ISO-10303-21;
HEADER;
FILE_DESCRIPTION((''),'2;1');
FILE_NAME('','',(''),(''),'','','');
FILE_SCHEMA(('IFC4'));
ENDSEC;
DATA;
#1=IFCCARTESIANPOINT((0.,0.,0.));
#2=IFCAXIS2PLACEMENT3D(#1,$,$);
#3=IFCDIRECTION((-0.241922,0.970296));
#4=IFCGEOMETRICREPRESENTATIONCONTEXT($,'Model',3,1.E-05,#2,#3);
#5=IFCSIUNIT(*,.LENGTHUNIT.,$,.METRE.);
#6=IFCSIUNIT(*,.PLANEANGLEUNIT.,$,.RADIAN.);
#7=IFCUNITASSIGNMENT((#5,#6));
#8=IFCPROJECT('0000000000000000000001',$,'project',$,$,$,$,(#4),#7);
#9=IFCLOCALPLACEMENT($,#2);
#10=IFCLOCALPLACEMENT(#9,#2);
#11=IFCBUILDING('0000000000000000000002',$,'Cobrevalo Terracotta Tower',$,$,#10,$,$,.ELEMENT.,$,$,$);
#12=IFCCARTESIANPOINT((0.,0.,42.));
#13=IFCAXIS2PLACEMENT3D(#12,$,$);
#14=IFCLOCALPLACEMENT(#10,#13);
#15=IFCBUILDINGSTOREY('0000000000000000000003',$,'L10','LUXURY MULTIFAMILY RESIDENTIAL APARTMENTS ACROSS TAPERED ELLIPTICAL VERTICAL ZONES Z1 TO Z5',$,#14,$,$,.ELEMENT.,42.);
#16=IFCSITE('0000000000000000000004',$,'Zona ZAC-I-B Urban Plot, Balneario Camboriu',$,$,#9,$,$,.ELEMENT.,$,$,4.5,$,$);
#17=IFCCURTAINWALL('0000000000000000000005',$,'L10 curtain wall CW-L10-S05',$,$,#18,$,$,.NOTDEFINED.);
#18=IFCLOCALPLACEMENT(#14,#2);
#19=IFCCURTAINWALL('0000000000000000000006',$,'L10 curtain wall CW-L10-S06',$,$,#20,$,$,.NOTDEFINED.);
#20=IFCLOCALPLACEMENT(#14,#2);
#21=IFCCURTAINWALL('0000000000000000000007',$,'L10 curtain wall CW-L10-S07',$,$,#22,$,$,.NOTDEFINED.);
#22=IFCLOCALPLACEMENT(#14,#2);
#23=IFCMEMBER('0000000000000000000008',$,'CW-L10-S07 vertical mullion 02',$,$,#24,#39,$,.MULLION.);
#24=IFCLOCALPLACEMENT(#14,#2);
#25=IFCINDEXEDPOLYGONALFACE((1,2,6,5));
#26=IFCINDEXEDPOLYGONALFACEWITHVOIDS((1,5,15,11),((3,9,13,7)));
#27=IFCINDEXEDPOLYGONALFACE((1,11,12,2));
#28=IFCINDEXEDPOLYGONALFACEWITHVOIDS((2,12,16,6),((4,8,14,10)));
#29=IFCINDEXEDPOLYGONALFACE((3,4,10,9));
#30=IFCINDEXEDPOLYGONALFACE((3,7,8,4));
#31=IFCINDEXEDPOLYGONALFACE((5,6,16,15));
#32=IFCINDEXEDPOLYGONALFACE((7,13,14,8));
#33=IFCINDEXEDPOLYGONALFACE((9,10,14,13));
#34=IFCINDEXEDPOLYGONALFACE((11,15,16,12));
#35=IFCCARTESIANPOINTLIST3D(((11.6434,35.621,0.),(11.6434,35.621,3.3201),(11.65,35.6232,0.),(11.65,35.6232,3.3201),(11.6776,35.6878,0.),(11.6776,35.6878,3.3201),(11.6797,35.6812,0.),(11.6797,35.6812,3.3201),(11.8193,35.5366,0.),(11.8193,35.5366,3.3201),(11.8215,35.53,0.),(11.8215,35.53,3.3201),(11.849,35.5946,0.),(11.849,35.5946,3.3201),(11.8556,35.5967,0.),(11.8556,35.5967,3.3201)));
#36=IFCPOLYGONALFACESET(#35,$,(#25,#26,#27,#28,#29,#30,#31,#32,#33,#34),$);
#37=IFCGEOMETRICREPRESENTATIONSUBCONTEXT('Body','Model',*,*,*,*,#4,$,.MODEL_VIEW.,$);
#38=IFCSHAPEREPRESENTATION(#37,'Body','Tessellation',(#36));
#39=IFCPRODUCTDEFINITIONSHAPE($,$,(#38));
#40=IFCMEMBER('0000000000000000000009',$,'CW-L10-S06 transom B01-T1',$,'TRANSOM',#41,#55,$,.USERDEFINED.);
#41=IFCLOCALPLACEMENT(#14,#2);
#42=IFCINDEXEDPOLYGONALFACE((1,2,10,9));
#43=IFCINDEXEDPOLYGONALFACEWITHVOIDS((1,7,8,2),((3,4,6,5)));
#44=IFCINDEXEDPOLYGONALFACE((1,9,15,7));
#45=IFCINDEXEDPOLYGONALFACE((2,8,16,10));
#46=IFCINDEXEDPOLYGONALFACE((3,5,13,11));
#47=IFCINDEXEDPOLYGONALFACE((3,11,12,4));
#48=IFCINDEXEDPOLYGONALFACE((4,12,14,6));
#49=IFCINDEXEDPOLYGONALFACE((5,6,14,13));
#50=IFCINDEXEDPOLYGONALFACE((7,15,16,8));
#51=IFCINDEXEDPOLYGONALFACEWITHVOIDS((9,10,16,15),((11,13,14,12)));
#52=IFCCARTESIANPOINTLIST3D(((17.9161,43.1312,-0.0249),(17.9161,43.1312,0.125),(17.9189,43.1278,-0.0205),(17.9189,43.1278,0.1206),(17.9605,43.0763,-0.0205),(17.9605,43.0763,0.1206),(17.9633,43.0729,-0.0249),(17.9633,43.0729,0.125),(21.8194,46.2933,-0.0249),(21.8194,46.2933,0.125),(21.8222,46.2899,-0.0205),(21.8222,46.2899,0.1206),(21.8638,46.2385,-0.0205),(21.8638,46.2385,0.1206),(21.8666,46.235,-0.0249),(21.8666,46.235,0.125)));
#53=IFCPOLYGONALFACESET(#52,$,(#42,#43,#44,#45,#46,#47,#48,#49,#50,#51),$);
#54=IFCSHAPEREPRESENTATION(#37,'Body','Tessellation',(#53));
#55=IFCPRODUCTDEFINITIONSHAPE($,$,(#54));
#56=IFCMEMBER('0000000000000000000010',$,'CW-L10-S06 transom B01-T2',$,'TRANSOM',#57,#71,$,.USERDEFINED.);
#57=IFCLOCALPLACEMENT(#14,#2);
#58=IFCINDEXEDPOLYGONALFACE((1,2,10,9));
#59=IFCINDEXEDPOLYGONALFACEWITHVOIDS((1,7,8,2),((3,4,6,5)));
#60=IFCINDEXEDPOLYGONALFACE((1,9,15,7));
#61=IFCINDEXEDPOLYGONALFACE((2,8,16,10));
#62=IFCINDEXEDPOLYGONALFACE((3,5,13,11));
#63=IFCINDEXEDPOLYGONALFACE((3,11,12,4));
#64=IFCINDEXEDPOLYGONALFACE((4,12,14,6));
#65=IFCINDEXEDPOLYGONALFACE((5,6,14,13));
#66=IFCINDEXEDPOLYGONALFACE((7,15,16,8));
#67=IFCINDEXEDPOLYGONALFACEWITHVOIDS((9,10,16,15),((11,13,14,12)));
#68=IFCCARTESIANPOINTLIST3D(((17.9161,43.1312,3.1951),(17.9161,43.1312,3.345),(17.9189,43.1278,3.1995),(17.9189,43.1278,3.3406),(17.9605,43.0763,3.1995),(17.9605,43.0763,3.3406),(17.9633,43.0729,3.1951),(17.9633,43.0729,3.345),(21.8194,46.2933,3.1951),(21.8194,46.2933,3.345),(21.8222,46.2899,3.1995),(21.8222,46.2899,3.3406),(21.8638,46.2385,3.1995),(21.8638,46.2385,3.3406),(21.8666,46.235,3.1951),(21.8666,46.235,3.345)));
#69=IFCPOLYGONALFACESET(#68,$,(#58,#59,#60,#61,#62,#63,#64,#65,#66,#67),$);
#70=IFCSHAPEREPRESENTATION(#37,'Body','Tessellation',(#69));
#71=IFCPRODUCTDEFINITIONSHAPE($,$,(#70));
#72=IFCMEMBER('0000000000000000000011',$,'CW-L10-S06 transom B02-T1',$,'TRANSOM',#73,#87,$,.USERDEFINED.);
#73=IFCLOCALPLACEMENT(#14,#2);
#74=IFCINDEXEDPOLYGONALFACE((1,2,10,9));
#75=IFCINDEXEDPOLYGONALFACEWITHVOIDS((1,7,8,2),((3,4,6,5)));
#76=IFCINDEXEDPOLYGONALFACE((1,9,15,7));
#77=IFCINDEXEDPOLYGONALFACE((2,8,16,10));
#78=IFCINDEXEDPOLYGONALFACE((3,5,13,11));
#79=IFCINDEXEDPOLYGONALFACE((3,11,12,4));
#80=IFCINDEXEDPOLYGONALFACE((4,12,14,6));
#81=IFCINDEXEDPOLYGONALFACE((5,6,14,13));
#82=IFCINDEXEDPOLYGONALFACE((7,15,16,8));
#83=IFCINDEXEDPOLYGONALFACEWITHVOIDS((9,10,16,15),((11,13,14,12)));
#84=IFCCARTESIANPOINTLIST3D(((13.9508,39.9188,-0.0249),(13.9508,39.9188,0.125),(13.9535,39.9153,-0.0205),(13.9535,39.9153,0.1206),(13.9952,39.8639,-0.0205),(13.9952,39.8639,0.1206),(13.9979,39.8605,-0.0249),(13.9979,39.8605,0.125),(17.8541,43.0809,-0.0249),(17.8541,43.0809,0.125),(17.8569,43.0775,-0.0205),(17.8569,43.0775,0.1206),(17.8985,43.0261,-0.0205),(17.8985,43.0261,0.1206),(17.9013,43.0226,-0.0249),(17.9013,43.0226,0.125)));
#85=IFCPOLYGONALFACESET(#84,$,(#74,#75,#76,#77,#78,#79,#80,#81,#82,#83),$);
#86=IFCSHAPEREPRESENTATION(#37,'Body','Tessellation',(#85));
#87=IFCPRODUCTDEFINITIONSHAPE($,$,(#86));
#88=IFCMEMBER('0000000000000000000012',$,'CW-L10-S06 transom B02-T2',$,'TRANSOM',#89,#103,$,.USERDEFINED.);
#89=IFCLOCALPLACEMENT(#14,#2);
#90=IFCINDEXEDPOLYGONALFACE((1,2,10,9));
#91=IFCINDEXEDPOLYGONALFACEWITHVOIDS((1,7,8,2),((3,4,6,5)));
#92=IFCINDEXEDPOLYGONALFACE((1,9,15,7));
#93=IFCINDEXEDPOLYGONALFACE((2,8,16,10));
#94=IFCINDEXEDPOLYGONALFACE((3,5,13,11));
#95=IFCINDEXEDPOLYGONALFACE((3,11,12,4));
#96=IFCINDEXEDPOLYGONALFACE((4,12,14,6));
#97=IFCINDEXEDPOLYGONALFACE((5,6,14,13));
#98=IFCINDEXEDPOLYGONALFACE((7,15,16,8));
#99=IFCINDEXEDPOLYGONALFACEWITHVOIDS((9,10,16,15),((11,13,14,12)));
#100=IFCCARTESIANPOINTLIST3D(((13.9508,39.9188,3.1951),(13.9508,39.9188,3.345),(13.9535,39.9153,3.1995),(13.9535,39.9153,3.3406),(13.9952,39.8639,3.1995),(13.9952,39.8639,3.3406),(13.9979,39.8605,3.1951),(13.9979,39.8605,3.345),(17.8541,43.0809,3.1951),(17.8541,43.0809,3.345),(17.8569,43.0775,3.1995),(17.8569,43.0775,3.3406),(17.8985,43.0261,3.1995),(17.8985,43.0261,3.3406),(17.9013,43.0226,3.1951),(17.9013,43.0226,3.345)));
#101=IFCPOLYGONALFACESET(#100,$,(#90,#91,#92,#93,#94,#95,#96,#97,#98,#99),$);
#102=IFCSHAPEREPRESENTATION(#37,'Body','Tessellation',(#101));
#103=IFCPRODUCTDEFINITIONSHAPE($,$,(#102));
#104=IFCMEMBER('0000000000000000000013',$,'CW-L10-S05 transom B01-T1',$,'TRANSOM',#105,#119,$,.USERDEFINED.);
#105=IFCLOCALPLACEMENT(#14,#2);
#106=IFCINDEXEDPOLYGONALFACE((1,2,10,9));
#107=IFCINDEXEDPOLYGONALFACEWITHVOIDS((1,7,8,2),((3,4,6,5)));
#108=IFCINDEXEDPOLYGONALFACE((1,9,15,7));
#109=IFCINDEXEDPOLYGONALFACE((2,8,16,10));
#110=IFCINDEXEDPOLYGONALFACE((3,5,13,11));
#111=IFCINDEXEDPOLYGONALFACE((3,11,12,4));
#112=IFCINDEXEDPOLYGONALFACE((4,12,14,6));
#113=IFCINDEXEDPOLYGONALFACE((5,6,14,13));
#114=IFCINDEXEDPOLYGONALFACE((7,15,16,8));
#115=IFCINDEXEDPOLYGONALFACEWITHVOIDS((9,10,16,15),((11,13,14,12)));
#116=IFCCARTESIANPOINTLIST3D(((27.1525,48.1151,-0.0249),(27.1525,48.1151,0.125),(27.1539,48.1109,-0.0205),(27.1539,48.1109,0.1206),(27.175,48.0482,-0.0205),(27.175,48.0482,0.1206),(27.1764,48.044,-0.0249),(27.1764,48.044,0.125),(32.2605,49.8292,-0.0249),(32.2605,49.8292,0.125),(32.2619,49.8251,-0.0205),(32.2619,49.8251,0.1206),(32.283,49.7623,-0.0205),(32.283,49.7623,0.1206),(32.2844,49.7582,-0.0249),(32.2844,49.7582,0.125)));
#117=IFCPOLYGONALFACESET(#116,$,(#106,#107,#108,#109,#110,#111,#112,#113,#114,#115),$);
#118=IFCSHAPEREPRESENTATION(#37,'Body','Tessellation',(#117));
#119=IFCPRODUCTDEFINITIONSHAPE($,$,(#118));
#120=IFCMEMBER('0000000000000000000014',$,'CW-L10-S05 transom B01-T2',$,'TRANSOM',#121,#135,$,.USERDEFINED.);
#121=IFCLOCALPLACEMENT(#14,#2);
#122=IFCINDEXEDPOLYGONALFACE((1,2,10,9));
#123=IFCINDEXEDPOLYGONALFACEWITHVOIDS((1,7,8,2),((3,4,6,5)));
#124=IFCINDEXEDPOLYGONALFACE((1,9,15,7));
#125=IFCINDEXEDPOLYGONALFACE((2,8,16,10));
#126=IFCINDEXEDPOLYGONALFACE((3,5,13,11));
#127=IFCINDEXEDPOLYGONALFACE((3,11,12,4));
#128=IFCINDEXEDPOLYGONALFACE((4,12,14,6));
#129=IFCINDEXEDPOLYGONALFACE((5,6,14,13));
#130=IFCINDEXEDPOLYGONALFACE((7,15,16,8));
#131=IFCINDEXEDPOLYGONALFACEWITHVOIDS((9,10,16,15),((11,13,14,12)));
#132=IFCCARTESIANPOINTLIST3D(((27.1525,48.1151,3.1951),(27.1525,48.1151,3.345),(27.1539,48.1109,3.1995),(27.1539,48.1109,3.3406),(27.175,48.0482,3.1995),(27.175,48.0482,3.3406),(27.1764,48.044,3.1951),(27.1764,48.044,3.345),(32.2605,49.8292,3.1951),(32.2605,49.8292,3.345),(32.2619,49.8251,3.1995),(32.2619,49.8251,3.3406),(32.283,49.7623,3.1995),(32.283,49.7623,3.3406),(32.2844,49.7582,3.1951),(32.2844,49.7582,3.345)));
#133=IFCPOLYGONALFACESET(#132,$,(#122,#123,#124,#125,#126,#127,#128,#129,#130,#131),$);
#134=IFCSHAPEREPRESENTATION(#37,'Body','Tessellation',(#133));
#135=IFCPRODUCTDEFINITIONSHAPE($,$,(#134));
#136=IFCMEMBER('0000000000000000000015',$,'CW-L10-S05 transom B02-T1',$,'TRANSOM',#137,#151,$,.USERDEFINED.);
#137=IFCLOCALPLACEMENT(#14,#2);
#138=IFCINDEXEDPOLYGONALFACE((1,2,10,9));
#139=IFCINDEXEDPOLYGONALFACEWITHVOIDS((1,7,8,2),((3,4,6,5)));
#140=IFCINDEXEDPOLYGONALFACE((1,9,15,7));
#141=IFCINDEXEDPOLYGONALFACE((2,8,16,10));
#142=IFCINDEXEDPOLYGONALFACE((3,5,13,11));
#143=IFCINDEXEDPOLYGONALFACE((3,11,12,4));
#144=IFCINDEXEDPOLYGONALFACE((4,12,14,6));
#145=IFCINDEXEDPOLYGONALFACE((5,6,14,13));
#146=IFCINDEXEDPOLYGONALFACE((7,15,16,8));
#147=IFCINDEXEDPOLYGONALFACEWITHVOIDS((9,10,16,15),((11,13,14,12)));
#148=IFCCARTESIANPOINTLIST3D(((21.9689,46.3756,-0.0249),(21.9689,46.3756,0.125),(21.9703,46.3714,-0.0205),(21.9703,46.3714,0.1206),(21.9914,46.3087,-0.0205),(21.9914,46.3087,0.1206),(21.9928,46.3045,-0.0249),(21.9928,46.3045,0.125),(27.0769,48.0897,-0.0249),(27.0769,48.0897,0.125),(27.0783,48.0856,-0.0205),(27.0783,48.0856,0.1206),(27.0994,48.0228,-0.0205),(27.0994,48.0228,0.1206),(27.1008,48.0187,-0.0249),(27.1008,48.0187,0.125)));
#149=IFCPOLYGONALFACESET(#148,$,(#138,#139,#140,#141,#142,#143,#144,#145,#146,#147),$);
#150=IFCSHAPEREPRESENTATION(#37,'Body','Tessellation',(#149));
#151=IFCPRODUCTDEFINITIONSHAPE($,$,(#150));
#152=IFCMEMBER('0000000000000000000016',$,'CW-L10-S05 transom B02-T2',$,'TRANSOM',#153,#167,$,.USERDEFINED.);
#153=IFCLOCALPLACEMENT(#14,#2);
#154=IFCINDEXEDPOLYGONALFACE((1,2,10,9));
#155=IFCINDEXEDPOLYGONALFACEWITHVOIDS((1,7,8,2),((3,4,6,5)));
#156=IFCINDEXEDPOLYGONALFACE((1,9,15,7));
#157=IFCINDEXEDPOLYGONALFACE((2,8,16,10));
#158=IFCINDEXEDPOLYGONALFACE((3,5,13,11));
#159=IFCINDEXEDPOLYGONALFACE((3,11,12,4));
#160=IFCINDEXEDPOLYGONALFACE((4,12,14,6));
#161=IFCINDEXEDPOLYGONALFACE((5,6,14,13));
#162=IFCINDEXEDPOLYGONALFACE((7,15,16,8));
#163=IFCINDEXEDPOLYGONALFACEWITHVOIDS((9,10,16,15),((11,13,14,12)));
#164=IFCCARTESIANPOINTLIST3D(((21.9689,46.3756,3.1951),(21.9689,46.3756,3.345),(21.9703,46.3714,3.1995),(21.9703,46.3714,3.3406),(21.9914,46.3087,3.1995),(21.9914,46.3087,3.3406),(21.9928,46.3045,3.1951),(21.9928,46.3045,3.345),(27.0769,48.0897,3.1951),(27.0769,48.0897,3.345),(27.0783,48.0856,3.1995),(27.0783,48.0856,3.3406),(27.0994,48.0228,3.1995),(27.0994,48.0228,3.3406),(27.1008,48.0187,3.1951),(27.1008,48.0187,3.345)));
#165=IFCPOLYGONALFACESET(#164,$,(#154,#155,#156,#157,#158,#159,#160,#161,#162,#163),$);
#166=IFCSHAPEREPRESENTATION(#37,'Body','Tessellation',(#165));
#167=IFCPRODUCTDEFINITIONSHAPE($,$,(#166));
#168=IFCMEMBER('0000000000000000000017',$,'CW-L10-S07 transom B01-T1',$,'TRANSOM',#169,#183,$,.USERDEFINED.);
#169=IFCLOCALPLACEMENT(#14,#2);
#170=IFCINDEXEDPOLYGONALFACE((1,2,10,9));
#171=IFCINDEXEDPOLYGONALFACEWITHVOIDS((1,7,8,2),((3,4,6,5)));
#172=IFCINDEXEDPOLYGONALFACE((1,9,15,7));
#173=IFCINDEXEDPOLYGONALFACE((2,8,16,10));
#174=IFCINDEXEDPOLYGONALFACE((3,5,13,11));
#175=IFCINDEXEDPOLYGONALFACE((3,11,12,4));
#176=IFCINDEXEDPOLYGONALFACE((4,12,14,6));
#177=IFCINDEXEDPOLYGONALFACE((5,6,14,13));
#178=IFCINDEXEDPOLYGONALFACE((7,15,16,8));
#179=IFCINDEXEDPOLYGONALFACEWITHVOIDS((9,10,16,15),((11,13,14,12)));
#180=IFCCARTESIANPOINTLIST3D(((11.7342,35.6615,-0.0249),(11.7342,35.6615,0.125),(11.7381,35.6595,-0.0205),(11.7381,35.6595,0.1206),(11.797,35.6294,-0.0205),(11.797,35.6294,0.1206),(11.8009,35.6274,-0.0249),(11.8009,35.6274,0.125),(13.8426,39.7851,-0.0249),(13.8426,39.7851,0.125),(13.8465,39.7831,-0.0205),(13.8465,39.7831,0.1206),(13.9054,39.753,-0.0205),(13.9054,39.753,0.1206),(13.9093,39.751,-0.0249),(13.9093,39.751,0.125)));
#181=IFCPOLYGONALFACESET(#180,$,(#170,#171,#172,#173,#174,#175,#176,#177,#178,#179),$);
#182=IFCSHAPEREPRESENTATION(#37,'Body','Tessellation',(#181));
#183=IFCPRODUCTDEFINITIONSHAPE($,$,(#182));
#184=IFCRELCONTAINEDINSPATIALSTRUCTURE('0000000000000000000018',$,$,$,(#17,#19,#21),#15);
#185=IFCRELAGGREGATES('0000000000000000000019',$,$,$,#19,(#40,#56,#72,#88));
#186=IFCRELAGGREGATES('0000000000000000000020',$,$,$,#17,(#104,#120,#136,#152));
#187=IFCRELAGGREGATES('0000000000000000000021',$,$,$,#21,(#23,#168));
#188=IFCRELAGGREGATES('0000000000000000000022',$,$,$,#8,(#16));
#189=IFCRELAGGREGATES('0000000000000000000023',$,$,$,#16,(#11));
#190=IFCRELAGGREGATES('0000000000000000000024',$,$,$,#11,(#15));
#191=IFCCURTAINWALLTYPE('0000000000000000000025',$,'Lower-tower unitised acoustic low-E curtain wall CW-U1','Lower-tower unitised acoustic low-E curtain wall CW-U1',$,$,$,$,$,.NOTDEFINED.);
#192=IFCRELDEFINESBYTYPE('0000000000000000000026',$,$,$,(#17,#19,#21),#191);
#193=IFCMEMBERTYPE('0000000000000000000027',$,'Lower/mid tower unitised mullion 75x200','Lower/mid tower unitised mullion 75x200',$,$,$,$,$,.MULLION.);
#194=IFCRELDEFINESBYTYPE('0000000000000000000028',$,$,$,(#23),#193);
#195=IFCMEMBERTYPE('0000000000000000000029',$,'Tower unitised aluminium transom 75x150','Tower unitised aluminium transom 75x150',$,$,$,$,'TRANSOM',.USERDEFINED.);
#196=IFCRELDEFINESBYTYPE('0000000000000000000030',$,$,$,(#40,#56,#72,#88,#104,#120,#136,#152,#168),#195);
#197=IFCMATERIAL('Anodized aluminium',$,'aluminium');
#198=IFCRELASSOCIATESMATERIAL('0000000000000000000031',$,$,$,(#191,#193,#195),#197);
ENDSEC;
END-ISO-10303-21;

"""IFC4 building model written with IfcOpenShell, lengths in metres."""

from ifc_helpers import new_model, si_unit, direction, frame, origin, origin_2d, place, context, subcontext, project, spatial, hollow_rectangle, extrude, source, transform, mapped, material, material_profile, profile_set, type_object, element, aggregate, save


model = new_model("IFC4")

# Units and contexts
model_context = context("Model", 3, precision=1e-05, world=origin(), true_north=direction((-0.241922, 0.970296)))
body_context = subcontext(model_context, "Body", "Model", "MODEL_VIEW")
ifc_project = project(units=[si_unit("LENGTHUNIT", "METRE"), si_unit("PLANEANGLEUNIT", "RADIAN")], contexts=[model_context])

# Site, building, storey
site_placement = place(None, origin())
site = spatial("IfcSite", under=ifc_project, at=site_placement, Name="Zona ZAC-I-B Urban Plot, Balneario Camboriu", CompositionType="ELEMENT", RefElevation=4.5)
building_placement = place(site_placement, origin())
building = spatial("IfcBuilding", under=site, at=building_placement, Name="Cobrevalo Terracotta Tower", CompositionType="ELEMENT")
storey_placement = place(building_placement, frame((0.0, 0.0, 42.0)))
storey = spatial("IfcBuildingStorey", under=building, at=storey_placement, Name="L10", Description="LUXURY MULTIFAMILY RESIDENTIAL APARTMENTS ACROSS TAPERED ELLIPTICAL VERTICAL ZONES Z1 TO Z5", CompositionType="ELEMENT", Elevation=42.0)

# Curtain walls, member
ifc_material_1 = material(Name="Anodized aluminium", Category="aluminium")
curtain_wall_type = type_object("IfcCurtainWallType", Name="Lower-tower unitised acoustic low-E curtain wall CW-U1", Description="Lower-tower unitised acoustic low-E curtain wall CW-U1", PredefinedType="NOTDEFINED", material=ifc_material_1)
curtain_wall_1_placement = place(storey_placement, origin())
curtain_wall_1 = element("IfcCurtainWall", 1, at=curtain_wall_1_placement, inside=storey, type_object=curtain_wall_type, Name="L10 curtain wall CW-L10-S05", PredefinedType="NOTDEFINED")
ifc_material_profile_1 = material_profile(ifc_material_1, hollow_rectangle(XDim=0.075, YDim=0.2, WallThickness=0.0049, at=origin_2d()), Name="CWM 75x200")
ifc_profile_set_1 = profile_set([ifc_material_profile_1], Name="Anodized aluminium")
member_type_1 = type_object("IfcMemberType", Name="Lower/mid tower unitised mullion 75x200", Description="Lower/mid tower unitised mullion 75x200", PredefinedType="MULLION", material=ifc_profile_set_1)
shared_shape_1 = source(origin(), body_context, "Body", "SweptSolid", [
    extrude(hollow_rectangle(XDim=0.075, YDim=0.2, WallThickness=0.0049, at=origin_2d()), origin(), (0.0, 0.0, 1.0), 3.3201),
])
curtain_wall_2_placement = place(storey_placement, origin())
curtain_wall_2 = element("IfcCurtainWall", 2, at=curtain_wall_2_placement, inside=storey, type_object=curtain_wall_type, Name="L10 curtain wall CW-L10-S06", PredefinedType="NOTDEFINED")
curtain_wall_3_placement = place(storey_placement, origin())
curtain_wall_3 = element("IfcCurtainWall", 3, at=curtain_wall_3_placement, inside=storey, type_object=curtain_wall_type, Name="L10 curtain wall CW-L10-S07", PredefinedType="NOTDEFINED")
member_1_placement = place(storey_placement, frame((11.7495, 35.6089, 0.0), z_axis=(0.0, 0.0, 1.0), x_axis=(-0.455234, -0.890372, 0.0)))
member_1 = element("IfcMember", 4, at=member_1_placement, type_object=member_type_1, Name="CW-L10-S07 vertical mullion 02", PredefinedType="MULLION", context=body_context, shape_type="MappedRepresentation", body=[
    mapped(shared_shape_1, transform((0.0, 0.0, 0.0), scale=1.0)),
])

# Members
ifc_material_profile_2 = material_profile(ifc_material_1, hollow_rectangle(XDim=0.075, YDim=0.1499, WallThickness=0.0044, at=origin_2d()), Name="CWT 75x150")
ifc_profile_set_2 = profile_set([ifc_material_profile_2], Name="Anodized aluminium")
member_type_2 = type_object("IfcMemberType", Name="Tower unitised aluminium transom 75x150", Description="Tower unitised aluminium transom 75x150", ElementType="TRANSOM", PredefinedType="USERDEFINED", material=ifc_profile_set_2)
shared_shape_2 = source(origin(), body_context, "Body", "SweptSolid", [
    extrude(hollow_rectangle(XDim=0.075, YDim=0.1499, WallThickness=0.0044, at=origin_2d()), origin(), (0.0, 0.0, 1.0), 5.0234),
])
member_2_placement = place(storey_placement, frame((21.843, 46.2642, 0.05), z_axis=(-0.777023, -0.629472, 0.0), x_axis=(0.629472, -0.777023, 0.0)))
member_2 = element("IfcMember", 5, at=member_2_placement, type_object=member_type_2, Name="CW-L10-S06 transom B01-T1", ObjectType="TRANSOM", PredefinedType="USERDEFINED", context=body_context, shape_type="MappedRepresentation", body=[
    mapped(shared_shape_2, transform((0.0, 0.0, 0.0), scale=1.0)),
])
member_3_placement = place(storey_placement, frame((21.843, 46.2642, 3.27), z_axis=(-0.777023, -0.629472, 0.0), x_axis=(0.629472, -0.777023, 0.0)))
member_3 = element("IfcMember", 6, at=member_3_placement, type_object=member_type_2, Name="CW-L10-S06 transom B01-T2", ObjectType="TRANSOM", PredefinedType="USERDEFINED", context=body_context, shape_type="MappedRepresentation", body=[
    mapped(shared_shape_2, transform((0.0, 0.0, 0.0), scale=1.0)),
])
member_4_placement = place(storey_placement, frame((17.8777, 43.0518, 0.05), z_axis=(-0.777023, -0.629472, 0.0), x_axis=(0.629472, -0.777023, 0.0)))
member_4 = element("IfcMember", 7, at=member_4_placement, type_object=member_type_2, Name="CW-L10-S06 transom B02-T1", ObjectType="TRANSOM", PredefinedType="USERDEFINED", context=body_context, shape_type="MappedRepresentation", body=[
    mapped(shared_shape_2, transform((0.0, 0.0, 0.0), scale=1.0)),
])
member_5_placement = place(storey_placement, frame((17.8777, 43.0518, 3.27), z_axis=(-0.777023, -0.629472, 0.0), x_axis=(0.629472, -0.777023, 0.0)))
member_5 = element("IfcMember", 8, at=member_5_placement, type_object=member_type_2, Name="CW-L10-S06 transom B02-T2", ObjectType="TRANSOM", PredefinedType="USERDEFINED", context=body_context, shape_type="MappedRepresentation", body=[
    mapped(shared_shape_2, transform((0.0, 0.0, 0.0), scale=1.0)),
])
shared_shape_3 = source(origin(), body_context, "Body", "SweptSolid", [
    extrude(hollow_rectangle(XDim=0.075, YDim=0.1499, WallThickness=0.0044, at=origin_2d()), origin(), (0.0, 0.0, 1.0), 5.3879),
])
member_6_placement = place(storey_placement, frame((32.2725, 49.7937, 0.05), z_axis=(-0.948042, -0.318144, 0.0), x_axis=(0.318144, -0.948042, 0.0)))
member_6 = element("IfcMember", 9, at=member_6_placement, type_object=member_type_2, Name="CW-L10-S05 transom B01-T1", ObjectType="TRANSOM", PredefinedType="USERDEFINED", context=body_context, shape_type="MappedRepresentation", body=[
    mapped(shared_shape_3, transform((0.0, 0.0, 0.0), scale=1.0)),
])
member_7_placement = place(storey_placement, frame((32.2725, 49.7937, 3.27), z_axis=(-0.948042, -0.318144, 0.0), x_axis=(0.318144, -0.948042, 0.0)))
member_7 = element("IfcMember", 10, at=member_7_placement, type_object=member_type_2, Name="CW-L10-S05 transom B01-T2", ObjectType="TRANSOM", PredefinedType="USERDEFINED", context=body_context, shape_type="MappedRepresentation", body=[
    mapped(shared_shape_3, transform((0.0, 0.0, 0.0), scale=1.0)),
])
member_8_placement = place(storey_placement, frame((27.0889, 48.0542, 0.05), z_axis=(-0.948042, -0.318144, 0.0), x_axis=(0.318144, -0.948042, 0.0)))
member_8 = element("IfcMember", 11, at=member_8_placement, type_object=member_type_2, Name="CW-L10-S05 transom B02-T1", ObjectType="TRANSOM", PredefinedType="USERDEFINED", context=body_context, shape_type="MappedRepresentation", body=[
    mapped(shared_shape_3, transform((0.0, 0.0, 0.0), scale=1.0)),
])
member_9_placement = place(storey_placement, frame((27.0889, 48.0542, 3.27), z_axis=(-0.948042, -0.318144, 0.0), x_axis=(0.318144, -0.948042, 0.0)))
member_9 = element("IfcMember", 12, at=member_9_placement, type_object=member_type_2, Name="CW-L10-S05 transom B02-T2", ObjectType="TRANSOM", PredefinedType="USERDEFINED", context=body_context, shape_type="MappedRepresentation", body=[
    mapped(shared_shape_3, transform((0.0, 0.0, 0.0), scale=1.0)),
])
shared_shape_4 = source(origin(), body_context, "Body", "SweptSolid", [
    extrude(hollow_rectangle(XDim=0.075, YDim=0.1499, WallThickness=0.0044, at=origin_2d()), origin(), (0.0, 0.0, 1.0), 4.6313),
])
member_10_placement = place(storey_placement, frame((13.876, 39.7681, 0.05), z_axis=(-0.45525, -0.890363, 0.0), x_axis=(0.890363, -0.45525, 0.0)))
member_10 = element("IfcMember", 13, at=member_10_placement, type_object=member_type_2, Name="CW-L10-S07 transom B01-T1", ObjectType="TRANSOM", PredefinedType="USERDEFINED", context=body_context, shape_type="MappedRepresentation", body=[
    mapped(shared_shape_4, transform((0.0, 0.0, 0.0), scale=1.0)),
])

aggregate(curtain_wall_2, [member_2, member_3, member_4, member_5])
aggregate(curtain_wall_1, [member_6, member_7, member_8, member_9])
aggregate(curtain_wall_3, [member_1, member_10])

save(model, "model.ifc")
